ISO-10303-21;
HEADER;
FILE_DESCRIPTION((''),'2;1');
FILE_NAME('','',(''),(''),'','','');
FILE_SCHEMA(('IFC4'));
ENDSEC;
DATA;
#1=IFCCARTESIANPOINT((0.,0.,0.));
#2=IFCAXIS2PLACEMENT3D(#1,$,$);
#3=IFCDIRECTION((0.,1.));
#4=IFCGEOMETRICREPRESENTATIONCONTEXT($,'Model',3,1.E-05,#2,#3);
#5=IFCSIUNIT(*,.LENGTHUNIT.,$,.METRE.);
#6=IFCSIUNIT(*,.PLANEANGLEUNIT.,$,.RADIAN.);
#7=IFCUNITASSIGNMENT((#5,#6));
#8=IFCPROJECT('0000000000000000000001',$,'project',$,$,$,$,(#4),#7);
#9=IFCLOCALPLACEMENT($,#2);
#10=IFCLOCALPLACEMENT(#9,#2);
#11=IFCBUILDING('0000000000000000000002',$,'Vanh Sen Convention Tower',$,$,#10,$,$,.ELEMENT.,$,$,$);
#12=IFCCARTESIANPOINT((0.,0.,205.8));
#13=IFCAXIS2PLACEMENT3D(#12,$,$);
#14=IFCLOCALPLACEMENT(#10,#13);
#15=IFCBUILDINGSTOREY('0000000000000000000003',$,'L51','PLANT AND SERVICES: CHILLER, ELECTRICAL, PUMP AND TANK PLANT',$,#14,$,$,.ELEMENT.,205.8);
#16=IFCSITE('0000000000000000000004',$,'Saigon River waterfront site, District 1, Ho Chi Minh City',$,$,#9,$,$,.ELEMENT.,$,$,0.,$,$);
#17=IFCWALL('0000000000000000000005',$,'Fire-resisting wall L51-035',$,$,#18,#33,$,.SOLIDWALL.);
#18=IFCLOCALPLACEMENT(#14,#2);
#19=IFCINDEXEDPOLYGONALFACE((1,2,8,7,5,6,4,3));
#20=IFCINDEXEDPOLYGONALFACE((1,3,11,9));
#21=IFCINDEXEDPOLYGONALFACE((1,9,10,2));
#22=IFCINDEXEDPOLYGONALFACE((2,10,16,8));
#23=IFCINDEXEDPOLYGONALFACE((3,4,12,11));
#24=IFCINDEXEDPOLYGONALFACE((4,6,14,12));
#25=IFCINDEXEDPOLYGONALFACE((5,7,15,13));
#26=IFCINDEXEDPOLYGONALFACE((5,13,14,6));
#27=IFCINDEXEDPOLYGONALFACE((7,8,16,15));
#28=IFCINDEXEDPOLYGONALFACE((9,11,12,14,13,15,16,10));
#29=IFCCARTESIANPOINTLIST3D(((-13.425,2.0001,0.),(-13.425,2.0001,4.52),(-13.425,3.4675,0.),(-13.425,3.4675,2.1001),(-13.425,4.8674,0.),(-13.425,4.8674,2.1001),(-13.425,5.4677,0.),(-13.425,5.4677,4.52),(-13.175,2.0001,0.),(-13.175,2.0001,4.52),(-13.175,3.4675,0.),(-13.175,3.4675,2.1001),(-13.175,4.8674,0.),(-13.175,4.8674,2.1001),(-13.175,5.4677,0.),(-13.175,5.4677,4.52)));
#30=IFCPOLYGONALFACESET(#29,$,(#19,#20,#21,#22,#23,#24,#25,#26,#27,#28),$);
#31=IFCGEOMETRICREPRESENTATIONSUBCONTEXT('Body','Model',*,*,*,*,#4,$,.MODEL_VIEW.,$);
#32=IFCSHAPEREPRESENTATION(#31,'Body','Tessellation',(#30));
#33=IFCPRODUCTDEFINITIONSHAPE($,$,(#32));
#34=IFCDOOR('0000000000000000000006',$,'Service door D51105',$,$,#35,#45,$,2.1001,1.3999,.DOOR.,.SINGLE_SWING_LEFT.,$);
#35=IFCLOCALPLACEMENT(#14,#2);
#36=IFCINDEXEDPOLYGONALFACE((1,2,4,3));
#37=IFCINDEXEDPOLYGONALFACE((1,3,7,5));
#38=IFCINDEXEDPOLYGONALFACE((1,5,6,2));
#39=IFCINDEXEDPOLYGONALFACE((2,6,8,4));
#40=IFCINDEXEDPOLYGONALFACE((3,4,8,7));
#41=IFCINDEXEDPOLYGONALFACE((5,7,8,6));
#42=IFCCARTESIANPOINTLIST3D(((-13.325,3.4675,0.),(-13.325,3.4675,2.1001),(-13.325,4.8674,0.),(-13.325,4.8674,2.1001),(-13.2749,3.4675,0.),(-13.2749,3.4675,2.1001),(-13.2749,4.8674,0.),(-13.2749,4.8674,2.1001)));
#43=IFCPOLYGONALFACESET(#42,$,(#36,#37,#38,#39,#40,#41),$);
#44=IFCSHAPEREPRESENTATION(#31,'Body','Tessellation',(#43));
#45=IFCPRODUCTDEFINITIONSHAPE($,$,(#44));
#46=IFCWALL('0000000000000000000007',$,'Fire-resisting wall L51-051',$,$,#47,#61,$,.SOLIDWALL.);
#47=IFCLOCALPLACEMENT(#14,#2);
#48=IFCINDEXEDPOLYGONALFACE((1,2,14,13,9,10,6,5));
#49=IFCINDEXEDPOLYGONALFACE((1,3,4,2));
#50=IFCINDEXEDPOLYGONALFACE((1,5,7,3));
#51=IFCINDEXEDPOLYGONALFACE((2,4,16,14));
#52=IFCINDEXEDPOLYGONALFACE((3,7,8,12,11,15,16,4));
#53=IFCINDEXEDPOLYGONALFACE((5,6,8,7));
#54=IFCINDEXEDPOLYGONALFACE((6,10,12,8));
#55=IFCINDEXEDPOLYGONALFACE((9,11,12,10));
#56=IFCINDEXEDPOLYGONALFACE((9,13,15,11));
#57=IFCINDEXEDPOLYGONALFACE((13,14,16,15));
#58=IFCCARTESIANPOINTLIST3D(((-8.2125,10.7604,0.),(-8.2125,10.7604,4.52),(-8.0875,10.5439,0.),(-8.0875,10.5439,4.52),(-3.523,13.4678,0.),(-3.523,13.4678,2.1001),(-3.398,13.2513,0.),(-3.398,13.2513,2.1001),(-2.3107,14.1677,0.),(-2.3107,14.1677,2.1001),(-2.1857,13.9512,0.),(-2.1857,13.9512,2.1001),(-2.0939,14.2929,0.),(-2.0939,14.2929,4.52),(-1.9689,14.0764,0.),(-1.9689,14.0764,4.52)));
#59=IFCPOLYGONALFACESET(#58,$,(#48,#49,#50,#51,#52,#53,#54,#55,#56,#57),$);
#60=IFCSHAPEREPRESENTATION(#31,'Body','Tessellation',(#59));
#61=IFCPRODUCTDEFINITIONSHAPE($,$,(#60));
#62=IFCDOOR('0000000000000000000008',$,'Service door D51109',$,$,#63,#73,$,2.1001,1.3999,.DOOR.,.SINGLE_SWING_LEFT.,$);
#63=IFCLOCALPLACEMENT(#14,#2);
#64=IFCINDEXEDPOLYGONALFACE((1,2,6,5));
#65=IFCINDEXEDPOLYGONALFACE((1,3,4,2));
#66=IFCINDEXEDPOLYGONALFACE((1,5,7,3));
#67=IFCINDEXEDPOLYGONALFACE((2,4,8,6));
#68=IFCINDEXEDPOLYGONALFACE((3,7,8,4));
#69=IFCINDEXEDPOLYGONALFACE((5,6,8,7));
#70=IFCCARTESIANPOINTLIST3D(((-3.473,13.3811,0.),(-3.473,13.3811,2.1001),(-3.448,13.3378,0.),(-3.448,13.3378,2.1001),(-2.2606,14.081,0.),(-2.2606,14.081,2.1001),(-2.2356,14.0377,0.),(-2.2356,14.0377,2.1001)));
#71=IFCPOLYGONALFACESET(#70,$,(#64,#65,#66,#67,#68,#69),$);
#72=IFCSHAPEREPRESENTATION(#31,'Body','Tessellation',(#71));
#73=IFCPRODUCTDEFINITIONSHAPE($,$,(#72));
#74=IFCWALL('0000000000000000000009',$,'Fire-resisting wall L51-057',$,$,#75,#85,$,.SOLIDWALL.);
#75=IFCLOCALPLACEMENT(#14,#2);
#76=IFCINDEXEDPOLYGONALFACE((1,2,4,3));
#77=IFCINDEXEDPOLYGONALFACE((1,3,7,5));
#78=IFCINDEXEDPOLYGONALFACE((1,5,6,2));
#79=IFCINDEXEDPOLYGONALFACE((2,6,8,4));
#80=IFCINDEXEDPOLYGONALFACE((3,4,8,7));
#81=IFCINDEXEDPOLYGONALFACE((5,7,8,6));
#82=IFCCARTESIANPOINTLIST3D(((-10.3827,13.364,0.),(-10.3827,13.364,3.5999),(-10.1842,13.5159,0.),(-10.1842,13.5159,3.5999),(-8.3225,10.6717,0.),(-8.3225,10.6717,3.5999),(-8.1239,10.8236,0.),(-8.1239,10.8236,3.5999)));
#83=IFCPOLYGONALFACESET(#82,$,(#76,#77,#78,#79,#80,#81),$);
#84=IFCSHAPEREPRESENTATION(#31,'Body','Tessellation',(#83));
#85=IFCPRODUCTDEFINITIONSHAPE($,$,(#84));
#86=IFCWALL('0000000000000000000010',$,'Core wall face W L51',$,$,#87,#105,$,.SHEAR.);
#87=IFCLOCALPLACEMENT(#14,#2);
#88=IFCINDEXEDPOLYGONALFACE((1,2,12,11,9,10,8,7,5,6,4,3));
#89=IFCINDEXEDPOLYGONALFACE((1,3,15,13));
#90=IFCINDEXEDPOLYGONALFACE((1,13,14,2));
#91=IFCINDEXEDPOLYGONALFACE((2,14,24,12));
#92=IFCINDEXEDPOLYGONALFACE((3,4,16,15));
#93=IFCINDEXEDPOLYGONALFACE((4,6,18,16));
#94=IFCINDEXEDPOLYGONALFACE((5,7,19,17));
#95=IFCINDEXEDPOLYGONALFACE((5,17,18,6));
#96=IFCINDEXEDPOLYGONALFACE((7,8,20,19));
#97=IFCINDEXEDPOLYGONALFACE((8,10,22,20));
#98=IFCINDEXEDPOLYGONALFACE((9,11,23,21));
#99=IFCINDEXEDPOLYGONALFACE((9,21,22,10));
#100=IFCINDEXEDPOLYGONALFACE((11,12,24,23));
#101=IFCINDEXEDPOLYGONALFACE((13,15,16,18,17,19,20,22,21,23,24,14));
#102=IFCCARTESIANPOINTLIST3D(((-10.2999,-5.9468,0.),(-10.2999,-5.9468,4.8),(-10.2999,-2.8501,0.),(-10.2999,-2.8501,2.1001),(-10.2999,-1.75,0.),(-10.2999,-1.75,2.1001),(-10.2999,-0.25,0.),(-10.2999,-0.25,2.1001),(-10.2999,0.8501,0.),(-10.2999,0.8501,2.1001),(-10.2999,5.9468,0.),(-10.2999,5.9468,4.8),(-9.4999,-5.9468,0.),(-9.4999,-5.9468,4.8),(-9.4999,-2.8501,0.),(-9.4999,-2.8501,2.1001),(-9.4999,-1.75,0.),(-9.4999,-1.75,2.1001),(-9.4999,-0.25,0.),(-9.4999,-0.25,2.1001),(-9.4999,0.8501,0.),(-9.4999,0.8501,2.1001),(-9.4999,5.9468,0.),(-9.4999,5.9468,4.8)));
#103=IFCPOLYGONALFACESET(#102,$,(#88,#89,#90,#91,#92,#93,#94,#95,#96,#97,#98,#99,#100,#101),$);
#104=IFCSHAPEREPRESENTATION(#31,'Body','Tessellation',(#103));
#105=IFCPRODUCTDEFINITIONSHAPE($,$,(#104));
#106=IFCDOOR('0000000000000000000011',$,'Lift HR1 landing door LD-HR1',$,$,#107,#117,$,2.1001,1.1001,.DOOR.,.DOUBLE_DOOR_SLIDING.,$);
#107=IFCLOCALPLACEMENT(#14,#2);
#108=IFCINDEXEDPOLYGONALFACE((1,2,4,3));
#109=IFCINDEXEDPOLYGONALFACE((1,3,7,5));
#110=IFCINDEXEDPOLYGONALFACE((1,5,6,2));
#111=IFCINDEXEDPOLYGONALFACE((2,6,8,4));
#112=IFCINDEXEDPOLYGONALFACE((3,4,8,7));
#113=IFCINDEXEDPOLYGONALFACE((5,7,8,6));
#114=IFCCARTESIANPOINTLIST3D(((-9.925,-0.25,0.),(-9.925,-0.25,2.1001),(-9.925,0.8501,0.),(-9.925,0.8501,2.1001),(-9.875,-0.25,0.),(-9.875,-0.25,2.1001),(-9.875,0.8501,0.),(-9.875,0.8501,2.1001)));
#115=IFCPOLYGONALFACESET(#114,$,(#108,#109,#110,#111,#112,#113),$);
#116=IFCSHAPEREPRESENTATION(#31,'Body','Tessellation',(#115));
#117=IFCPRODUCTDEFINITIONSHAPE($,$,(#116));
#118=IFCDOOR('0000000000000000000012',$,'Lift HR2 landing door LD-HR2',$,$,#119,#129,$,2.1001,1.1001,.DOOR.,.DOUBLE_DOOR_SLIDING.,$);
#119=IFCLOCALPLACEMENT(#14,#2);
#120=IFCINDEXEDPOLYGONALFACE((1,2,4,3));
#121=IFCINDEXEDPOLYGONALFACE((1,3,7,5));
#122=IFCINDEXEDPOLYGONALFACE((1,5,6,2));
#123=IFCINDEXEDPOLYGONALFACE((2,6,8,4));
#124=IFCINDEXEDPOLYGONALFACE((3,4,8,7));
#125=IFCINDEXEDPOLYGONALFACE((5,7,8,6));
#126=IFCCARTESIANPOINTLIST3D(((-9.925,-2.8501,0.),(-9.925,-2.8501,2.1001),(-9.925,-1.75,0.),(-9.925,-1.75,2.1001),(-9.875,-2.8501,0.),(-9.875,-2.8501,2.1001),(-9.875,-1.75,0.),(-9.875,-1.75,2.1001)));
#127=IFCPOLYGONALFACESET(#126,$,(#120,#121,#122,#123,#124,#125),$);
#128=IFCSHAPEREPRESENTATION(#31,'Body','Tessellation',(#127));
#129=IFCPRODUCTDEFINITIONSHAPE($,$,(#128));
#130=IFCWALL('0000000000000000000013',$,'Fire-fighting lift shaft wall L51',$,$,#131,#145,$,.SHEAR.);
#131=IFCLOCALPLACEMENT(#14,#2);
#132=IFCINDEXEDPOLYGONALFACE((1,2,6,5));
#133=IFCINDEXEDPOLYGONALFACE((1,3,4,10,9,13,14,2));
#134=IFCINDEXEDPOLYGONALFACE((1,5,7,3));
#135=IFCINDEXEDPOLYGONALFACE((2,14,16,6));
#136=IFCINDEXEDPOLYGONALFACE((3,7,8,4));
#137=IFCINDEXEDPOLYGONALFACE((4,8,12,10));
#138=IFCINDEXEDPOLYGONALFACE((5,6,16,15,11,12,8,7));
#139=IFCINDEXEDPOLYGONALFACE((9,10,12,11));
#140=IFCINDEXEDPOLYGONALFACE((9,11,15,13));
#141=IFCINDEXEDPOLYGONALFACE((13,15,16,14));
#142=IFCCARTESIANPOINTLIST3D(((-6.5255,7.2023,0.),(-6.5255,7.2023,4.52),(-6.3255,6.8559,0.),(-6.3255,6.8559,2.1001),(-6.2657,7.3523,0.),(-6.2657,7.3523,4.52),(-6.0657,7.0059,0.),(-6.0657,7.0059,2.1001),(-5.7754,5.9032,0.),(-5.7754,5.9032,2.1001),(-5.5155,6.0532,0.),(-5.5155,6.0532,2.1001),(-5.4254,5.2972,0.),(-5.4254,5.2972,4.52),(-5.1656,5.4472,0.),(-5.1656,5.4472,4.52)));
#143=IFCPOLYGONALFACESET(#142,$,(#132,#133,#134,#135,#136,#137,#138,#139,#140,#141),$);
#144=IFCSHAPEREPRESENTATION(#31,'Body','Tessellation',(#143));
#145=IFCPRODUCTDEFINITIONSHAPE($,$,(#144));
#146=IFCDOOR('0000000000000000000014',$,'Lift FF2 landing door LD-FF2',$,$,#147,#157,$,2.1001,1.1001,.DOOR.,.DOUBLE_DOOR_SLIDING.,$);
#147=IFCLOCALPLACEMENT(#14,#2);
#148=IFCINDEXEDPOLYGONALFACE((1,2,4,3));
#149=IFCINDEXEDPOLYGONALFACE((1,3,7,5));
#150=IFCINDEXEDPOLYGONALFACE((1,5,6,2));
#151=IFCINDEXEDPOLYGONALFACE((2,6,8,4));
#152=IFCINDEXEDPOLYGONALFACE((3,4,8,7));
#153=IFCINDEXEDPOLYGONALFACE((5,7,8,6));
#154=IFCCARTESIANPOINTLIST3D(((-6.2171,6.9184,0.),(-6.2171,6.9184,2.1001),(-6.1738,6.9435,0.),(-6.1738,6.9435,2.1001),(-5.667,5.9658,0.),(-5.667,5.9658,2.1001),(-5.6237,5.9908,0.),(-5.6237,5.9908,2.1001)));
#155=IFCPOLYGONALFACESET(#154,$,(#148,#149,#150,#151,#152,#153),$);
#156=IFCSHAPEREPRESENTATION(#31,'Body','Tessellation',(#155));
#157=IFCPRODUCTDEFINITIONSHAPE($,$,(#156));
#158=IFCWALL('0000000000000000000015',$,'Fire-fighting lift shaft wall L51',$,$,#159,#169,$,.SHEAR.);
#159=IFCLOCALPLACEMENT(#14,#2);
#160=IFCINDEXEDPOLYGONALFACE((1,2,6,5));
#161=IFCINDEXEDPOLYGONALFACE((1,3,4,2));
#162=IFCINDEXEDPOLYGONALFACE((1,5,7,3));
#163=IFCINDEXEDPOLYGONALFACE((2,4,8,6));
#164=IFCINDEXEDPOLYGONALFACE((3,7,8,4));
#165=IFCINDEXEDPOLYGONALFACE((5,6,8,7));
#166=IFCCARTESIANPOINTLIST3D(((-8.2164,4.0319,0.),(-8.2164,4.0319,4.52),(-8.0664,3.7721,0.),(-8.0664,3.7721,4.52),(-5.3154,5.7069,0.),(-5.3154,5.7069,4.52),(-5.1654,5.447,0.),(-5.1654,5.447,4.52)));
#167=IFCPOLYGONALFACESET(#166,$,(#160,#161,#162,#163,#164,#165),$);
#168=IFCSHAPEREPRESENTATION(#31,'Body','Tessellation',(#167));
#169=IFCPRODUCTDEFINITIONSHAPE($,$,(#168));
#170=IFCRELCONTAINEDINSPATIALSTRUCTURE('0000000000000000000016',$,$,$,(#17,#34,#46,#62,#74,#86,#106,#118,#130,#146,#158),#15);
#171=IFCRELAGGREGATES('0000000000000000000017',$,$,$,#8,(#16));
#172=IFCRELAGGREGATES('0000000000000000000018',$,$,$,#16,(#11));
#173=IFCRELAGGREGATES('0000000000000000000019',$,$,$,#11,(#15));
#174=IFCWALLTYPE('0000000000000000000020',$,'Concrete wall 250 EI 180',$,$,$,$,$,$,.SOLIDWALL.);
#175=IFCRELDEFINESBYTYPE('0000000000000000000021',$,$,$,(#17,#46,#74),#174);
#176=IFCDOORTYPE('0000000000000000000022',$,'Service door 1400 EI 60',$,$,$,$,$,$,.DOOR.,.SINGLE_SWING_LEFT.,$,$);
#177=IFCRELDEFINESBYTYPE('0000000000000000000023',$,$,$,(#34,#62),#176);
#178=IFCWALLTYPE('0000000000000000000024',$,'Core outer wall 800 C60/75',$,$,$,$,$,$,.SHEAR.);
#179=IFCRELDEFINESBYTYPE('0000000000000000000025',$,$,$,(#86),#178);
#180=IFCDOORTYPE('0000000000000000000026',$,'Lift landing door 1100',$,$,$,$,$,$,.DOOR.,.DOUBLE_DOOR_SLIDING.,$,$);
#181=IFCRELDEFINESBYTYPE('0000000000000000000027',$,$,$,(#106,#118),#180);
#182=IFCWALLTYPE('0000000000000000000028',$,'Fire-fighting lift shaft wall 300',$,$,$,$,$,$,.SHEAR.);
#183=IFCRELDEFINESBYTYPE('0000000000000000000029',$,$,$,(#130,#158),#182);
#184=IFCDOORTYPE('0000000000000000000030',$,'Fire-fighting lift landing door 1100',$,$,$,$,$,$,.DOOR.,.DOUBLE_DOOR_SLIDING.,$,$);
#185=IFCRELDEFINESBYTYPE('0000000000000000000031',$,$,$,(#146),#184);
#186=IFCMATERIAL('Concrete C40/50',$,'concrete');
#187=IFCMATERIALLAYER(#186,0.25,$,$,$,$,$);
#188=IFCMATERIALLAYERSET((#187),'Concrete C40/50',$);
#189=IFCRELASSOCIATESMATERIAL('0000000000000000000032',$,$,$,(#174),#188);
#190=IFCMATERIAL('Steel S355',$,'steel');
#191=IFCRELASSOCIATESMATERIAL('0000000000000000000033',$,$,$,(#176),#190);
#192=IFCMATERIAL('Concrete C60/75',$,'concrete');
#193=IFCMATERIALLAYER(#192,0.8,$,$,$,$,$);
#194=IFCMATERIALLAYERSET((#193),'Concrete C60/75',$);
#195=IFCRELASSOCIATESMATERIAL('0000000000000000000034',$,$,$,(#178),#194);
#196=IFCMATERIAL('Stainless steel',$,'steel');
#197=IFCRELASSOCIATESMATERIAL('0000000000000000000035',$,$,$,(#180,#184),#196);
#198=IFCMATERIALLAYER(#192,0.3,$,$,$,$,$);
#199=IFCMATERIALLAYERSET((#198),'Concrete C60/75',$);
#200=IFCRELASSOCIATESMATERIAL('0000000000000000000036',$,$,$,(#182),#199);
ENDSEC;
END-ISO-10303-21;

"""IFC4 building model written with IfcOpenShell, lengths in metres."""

from ifc_helpers import new_model, si_unit, direction, frame, frame_2d, origin, place, context, subcontext, project, spatial, rectangle, extrude, material, layer, layer_set, type_object, element, fill, save


model = new_model("IFC4")

# Units and contexts
model_context = context("Model", 3, precision=1e-05, world=origin(), true_north=direction((0.0, 1.0)))
body_context = subcontext(model_context, "Body", "Model", "MODEL_VIEW")
ifc_project = project(units=[si_unit("LENGTHUNIT", "METRE"), si_unit("PLANEANGLEUNIT", "RADIAN")], contexts=[model_context])

# Site, building, storey
site_placement = place(None, origin())
site = spatial("IfcSite", under=ifc_project, at=site_placement, Name="Saigon River waterfront site, District 1, Ho Chi Minh City", CompositionType="ELEMENT", RefElevation=0.0)
building_placement = place(site_placement, origin())
building = spatial("IfcBuilding", under=site, at=building_placement, Name="Vanh Sen Convention Tower", CompositionType="ELEMENT")
storey_placement = place(building_placement, frame((0.0, 0.0, 205.8)))
storey = spatial("IfcBuildingStorey", under=building, at=storey_placement, Name="L51", Description="PLANT AND SERVICES: CHILLER, ELECTRICAL, PUMP AND TANK PLANT", CompositionType="ELEMENT", Elevation=205.8)

# Walls, openings, doors
ifc_material_1 = material(Name="Concrete C40/50", Category="concrete")
ifc_layer_1 = layer(ifc_material_1, 0.25)
ifc_layer_set_1 = layer_set([ifc_layer_1], Name="Concrete C40/50")
wall_type_1 = type_object("IfcWallType", Name="Concrete wall 250 EI 180", PredefinedType="SOLIDWALL", material=ifc_layer_set_1)
wall_1_placement = place(storey_placement, frame((-13.3, 2.0, 0.0), z_axis=(0.0, 0.0, 1.0), x_axis=(0.0, 1.0, 0.0)))
wall_1 = element("IfcWall", 1, at=wall_1_placement, inside=storey, type_object=wall_type_1, Name="Fire-resisting wall L51-035", PredefinedType="SOLIDWALL", context=body_context, shape_type="SweptSolid", body=[
    extrude(rectangle(XDim=3.4675, YDim=0.25, at=frame_2d((1.7339, 0.0))), origin(), (0.0, 0.0, 1.0), 4.52),
])
opening_1_placement = place(wall_1_placement, frame((1.4675, 0.0, 0.0)))
opening_1 = element("IfcOpeningElement", 2, at=opening_1_placement, cuts=wall_1, PredefinedType="OPENING", context=body_context, shape_type="SweptSolid", body=[
    extrude(rectangle(XDim=1.3999, YDim=2.1001, at=frame_2d((0.7, 1.05))), frame((0.0, 0.135, 0.0), z_axis=(0.0, -1.0, 0.0), x_axis=(1.0, 0.0, 0.0)), (0.0, 0.0, 1.0), 0.27),
])
ifc_material_2 = material(Name="Steel S355", Category="steel")
door_type_1 = type_object("IfcDoorType", Name="Service door 1400 EI 60", OperationType="SINGLE_SWING_LEFT", PredefinedType="DOOR", material=ifc_material_2)
door_1_placement = place(opening_1_placement, origin())
door_1 = element("IfcDoor", 3, at=door_1_placement, inside=storey, type_object=door_type_1, Name="Service door D51105", OperationType="SINGLE_SWING_LEFT", OverallHeight=2.1001, OverallWidth=1.3999, PredefinedType="DOOR", context=body_context, shape_type="SweptSolid", body=[
    extrude(rectangle(XDim=1.3999, YDim=2.1001, at=frame_2d((0.7, 1.05))), frame((0.0, 0.0249, 0.0), z_axis=(0.0, -1.0, 0.0), x_axis=(1.0, 0.0, 0.0)), (0.0, 0.0, 1.0), 0.05),
])
fill(opening_1, door_1)
wall_2_placement = place(storey_placement, frame((-8.1501, 10.6521, 0.0), z_axis=(0.0, 0.0, 1.0), x_axis=(0.866034, 0.499986, 0.0)))
wall_2 = element("IfcWall", 4, at=wall_2_placement, inside=storey, type_object=wall_type_1, Name="Fire-resisting wall L51-051", PredefinedType="SOLIDWALL", context=body_context, shape_type="SweptSolid", body=[
    extrude(rectangle(XDim=7.0652, YDim=0.25, at=frame_2d((3.5327, 0.0))), origin(), (0.0, 0.0, 1.0), 4.52),
])
opening_2_placement = place(wall_2_placement, frame((5.415, 0.0, 0.0)))
opening_2 = element("IfcOpeningElement", 5, at=opening_2_placement, cuts=wall_2, PredefinedType="OPENING", context=body_context, shape_type="SweptSolid", body=[
    extrude(rectangle(XDim=1.3999, YDim=2.1001, at=frame_2d((0.7, 1.05))), frame((0.0, 0.135, 0.0), z_axis=(0.0, -1.0, 0.0), x_axis=(1.0, 0.0, 0.0)), (0.0, 0.0, 1.0), 0.27),
])
door_2_placement = place(opening_2_placement, origin())
door_2 = element("IfcDoor", 6, at=door_2_placement, inside=storey, type_object=door_type_1, Name="Service door D51109", OperationType="SINGLE_SWING_LEFT", OverallHeight=2.1001, OverallWidth=1.3999, PredefinedType="DOOR", context=body_context, shape_type="SweptSolid", body=[
    extrude(rectangle(XDim=1.3999, YDim=2.1001, at=frame_2d((0.7, 1.05))), frame((0.0, 0.0249, 0.0), z_axis=(0.0, -1.0, 0.0), x_axis=(1.0, 0.0, 0.0)), (0.0, 0.0, 1.0), 0.05),
])
fill(opening_2, door_2)

# Wall
wall_3_placement = place(storey_placement, frame((-10.2834, 13.4399, 0.0), z_axis=(0.0, 0.0, 1.0), x_axis=(0.607715, -0.794155, 0.0)))
element("IfcWall", 7, at=wall_3_placement, inside=storey, type_object=wall_type_1, Name="Fire-resisting wall L51-057", PredefinedType="SOLIDWALL", context=body_context, shape_type="SweptSolid", body=[
    extrude(rectangle(XDim=3.3901, YDim=0.25, at=frame_2d((1.6951, 0.0))), origin(), (0.0, 0.0, 1.0), 3.5999),
])

# Wall, openings, doors
ifc_material_3 = material(Name="Concrete C60/75", Category="concrete")
ifc_layer_2 = layer(ifc_material_3, 0.8)
ifc_layer_set_2 = layer_set([ifc_layer_2], Name="Concrete C60/75")
wall_type_2 = type_object("IfcWallType", Name="Core outer wall 800 C60/75", PredefinedType="SHEAR", material=ifc_layer_set_2)
wall_4_placement = place(storey_placement, frame((-9.8999, 5.9468, 0.0), z_axis=(0.0, 0.0, 1.0), x_axis=(0.0, -1.0, 0.0)))
wall_4 = element("IfcWall", 8, at=wall_4_placement, inside=storey, type_object=wall_type_2, Name="Core wall face W L51", PredefinedType="SHEAR", context=body_context, shape_type="SweptSolid", body=[
    extrude(rectangle(XDim=11.8936, YDim=0.8, at=frame_2d((5.9468, 0.0))), origin(), (0.0, 0.0, 1.0), 4.8),
])
opening_3_placement = place(wall_4_placement, frame((5.0967, 0.0, 0.0)))
opening_3 = element("IfcOpeningElement", 9, at=opening_3_placement, cuts=wall_4, PredefinedType="OPENING", context=body_context, shape_type="SweptSolid", body=[
    extrude(rectangle(XDim=1.1001, YDim=2.1001, at=frame_2d((0.55, 1.05))), frame((0.0, 0.4099, 0.0), z_axis=(0.0, -1.0, 0.0), x_axis=(1.0, 0.0, 0.0)), (0.0, 0.0, 1.0), 0.8201),
])
opening_4_placement = place(wall_4_placement, frame((7.6968, 0.0, 0.0)))
opening_4 = element("IfcOpeningElement", 10, at=opening_4_placement, cuts=wall_4, PredefinedType="OPENING", context=body_context, shape_type="SweptSolid", body=[
    extrude(rectangle(XDim=1.1001, YDim=2.1001, at=frame_2d((0.55, 1.05))), frame((0.0, 0.4099, 0.0), z_axis=(0.0, -1.0, 0.0), x_axis=(1.0, 0.0, 0.0)), (0.0, 0.0, 1.0), 0.8201),
])
ifc_material_4 = material(Name="Stainless steel", Category="steel")
door_type_2 = type_object("IfcDoorType", Name="Lift landing door 1100", OperationType="DOUBLE_DOOR_SLIDING", PredefinedType="DOOR", material=ifc_material_4)
door_3_placement = place(opening_3_placement, origin())
door_3 = element("IfcDoor", 11, at=door_3_placement, inside=storey, type_object=door_type_2, Name="Lift HR1 landing door LD-HR1", OperationType="DOUBLE_DOOR_SLIDING", OverallHeight=2.1001, OverallWidth=1.1001, PredefinedType="DOOR", context=body_context, shape_type="SweptSolid", body=[
    extrude(rectangle(XDim=1.1001, YDim=2.1001, at=frame_2d((0.55, 1.05))), frame((0.0, 0.0249, 0.0), z_axis=(0.0, -1.0, 0.0), x_axis=(1.0, 0.0, 0.0)), (0.0, 0.0, 1.0), 0.05),
])
fill(opening_3, door_3)
door_4_placement = place(opening_4_placement, origin())
door_4 = element("IfcDoor", 12, at=door_4_placement, inside=storey, type_object=door_type_2, Name="Lift HR2 landing door LD-HR2", OperationType="DOUBLE_DOOR_SLIDING", OverallHeight=2.1001, OverallWidth=1.1001, PredefinedType="DOOR", context=body_context, shape_type="SweptSolid", body=[
    extrude(rectangle(XDim=1.1001, YDim=2.1001, at=frame_2d((0.55, 1.05))), frame((0.0, 0.0249, 0.0), z_axis=(0.0, -1.0, 0.0), x_axis=(1.0, 0.0, 0.0)), (0.0, 0.0, 1.0), 0.05),
])
fill(opening_4, door_4)

# Wall, opening, door
ifc_layer_3 = layer(ifc_material_3, 0.3)
ifc_layer_set_3 = layer_set([ifc_layer_3], Name="Concrete C60/75")
wall_type_3 = type_object("IfcWallType", Name="Fire-fighting lift shaft wall 300", PredefinedType="SHEAR", material=ifc_layer_set_3)
wall_5_placement = place(storey_placement, frame((-5.2954, 5.3721, 0.0), z_axis=(0.0, 0.0, 1.0), x_axis=(-0.500078, 0.86598, 0.0)))
wall_5 = element("IfcWall", 13, at=wall_5_placement, inside=storey, type_object=wall_type_3, Name="Fire-fighting lift shaft wall L51", PredefinedType="SHEAR", context=body_context, shape_type="SweptSolid", body=[
    extrude(rectangle(XDim=2.2, YDim=0.3, at=frame_2d((1.1001, 0.0))), origin(), (0.0, 0.0, 1.0), 4.52),
])
opening_5_placement = place(wall_5_placement, frame((0.7, 0.0, 0.0)))
opening_5 = element("IfcOpeningElement", 14, at=opening_5_placement, cuts=wall_5, PredefinedType="OPENING", context=body_context, shape_type="SweptSolid", body=[
    extrude(rectangle(XDim=1.1001, YDim=2.1001, at=frame_2d((0.55, 1.05))), frame((0.0, 0.1599, 0.0), z_axis=(0.0, -1.0, 0.0), x_axis=(1.0, 0.0, 0.0)), (0.0, 0.0, 1.0), 0.3201),
])
door_type_3 = type_object("IfcDoorType", Name="Fire-fighting lift landing door 1100", OperationType="DOUBLE_DOOR_SLIDING", PredefinedType="DOOR", material=ifc_material_4)
door_5_placement = place(opening_5_placement, origin())
door_5 = element("IfcDoor", 15, at=door_5_placement, inside=storey, type_object=door_type_3, Name="Lift FF2 landing door LD-FF2", OperationType="DOUBLE_DOOR_SLIDING", OverallHeight=2.1001, OverallWidth=1.1001, PredefinedType="DOOR", context=body_context, shape_type="SweptSolid", body=[
    extrude(rectangle(XDim=1.1001, YDim=2.1001, at=frame_2d((0.55, 1.05))), frame((0.0, 0.0249, 0.0), z_axis=(0.0, -1.0, 0.0), x_axis=(1.0, 0.0, 0.0)), (0.0, 0.0, 1.0), 0.05),
])
fill(opening_5, door_5)

# Wall
wall_6_placement = place(storey_placement, frame((-5.2405, 5.5769, 0.0), z_axis=(0.0, 0.0, 1.0), x_axis=(-0.866014, -0.500019, 0.0)))
element("IfcWall", 16, at=wall_6_placement, inside=storey, type_object=wall_type_3, Name="Fire-fighting lift shaft wall L51", PredefinedType="SHEAR", context=body_context, shape_type="SweptSolid", body=[
    extrude(rectangle(XDim=3.3499, YDim=0.3, at=frame_2d((1.6748, 0.0))), origin(), (0.0, 0.0, 1.0), 4.52),
])

save(model, "model.ifc")
